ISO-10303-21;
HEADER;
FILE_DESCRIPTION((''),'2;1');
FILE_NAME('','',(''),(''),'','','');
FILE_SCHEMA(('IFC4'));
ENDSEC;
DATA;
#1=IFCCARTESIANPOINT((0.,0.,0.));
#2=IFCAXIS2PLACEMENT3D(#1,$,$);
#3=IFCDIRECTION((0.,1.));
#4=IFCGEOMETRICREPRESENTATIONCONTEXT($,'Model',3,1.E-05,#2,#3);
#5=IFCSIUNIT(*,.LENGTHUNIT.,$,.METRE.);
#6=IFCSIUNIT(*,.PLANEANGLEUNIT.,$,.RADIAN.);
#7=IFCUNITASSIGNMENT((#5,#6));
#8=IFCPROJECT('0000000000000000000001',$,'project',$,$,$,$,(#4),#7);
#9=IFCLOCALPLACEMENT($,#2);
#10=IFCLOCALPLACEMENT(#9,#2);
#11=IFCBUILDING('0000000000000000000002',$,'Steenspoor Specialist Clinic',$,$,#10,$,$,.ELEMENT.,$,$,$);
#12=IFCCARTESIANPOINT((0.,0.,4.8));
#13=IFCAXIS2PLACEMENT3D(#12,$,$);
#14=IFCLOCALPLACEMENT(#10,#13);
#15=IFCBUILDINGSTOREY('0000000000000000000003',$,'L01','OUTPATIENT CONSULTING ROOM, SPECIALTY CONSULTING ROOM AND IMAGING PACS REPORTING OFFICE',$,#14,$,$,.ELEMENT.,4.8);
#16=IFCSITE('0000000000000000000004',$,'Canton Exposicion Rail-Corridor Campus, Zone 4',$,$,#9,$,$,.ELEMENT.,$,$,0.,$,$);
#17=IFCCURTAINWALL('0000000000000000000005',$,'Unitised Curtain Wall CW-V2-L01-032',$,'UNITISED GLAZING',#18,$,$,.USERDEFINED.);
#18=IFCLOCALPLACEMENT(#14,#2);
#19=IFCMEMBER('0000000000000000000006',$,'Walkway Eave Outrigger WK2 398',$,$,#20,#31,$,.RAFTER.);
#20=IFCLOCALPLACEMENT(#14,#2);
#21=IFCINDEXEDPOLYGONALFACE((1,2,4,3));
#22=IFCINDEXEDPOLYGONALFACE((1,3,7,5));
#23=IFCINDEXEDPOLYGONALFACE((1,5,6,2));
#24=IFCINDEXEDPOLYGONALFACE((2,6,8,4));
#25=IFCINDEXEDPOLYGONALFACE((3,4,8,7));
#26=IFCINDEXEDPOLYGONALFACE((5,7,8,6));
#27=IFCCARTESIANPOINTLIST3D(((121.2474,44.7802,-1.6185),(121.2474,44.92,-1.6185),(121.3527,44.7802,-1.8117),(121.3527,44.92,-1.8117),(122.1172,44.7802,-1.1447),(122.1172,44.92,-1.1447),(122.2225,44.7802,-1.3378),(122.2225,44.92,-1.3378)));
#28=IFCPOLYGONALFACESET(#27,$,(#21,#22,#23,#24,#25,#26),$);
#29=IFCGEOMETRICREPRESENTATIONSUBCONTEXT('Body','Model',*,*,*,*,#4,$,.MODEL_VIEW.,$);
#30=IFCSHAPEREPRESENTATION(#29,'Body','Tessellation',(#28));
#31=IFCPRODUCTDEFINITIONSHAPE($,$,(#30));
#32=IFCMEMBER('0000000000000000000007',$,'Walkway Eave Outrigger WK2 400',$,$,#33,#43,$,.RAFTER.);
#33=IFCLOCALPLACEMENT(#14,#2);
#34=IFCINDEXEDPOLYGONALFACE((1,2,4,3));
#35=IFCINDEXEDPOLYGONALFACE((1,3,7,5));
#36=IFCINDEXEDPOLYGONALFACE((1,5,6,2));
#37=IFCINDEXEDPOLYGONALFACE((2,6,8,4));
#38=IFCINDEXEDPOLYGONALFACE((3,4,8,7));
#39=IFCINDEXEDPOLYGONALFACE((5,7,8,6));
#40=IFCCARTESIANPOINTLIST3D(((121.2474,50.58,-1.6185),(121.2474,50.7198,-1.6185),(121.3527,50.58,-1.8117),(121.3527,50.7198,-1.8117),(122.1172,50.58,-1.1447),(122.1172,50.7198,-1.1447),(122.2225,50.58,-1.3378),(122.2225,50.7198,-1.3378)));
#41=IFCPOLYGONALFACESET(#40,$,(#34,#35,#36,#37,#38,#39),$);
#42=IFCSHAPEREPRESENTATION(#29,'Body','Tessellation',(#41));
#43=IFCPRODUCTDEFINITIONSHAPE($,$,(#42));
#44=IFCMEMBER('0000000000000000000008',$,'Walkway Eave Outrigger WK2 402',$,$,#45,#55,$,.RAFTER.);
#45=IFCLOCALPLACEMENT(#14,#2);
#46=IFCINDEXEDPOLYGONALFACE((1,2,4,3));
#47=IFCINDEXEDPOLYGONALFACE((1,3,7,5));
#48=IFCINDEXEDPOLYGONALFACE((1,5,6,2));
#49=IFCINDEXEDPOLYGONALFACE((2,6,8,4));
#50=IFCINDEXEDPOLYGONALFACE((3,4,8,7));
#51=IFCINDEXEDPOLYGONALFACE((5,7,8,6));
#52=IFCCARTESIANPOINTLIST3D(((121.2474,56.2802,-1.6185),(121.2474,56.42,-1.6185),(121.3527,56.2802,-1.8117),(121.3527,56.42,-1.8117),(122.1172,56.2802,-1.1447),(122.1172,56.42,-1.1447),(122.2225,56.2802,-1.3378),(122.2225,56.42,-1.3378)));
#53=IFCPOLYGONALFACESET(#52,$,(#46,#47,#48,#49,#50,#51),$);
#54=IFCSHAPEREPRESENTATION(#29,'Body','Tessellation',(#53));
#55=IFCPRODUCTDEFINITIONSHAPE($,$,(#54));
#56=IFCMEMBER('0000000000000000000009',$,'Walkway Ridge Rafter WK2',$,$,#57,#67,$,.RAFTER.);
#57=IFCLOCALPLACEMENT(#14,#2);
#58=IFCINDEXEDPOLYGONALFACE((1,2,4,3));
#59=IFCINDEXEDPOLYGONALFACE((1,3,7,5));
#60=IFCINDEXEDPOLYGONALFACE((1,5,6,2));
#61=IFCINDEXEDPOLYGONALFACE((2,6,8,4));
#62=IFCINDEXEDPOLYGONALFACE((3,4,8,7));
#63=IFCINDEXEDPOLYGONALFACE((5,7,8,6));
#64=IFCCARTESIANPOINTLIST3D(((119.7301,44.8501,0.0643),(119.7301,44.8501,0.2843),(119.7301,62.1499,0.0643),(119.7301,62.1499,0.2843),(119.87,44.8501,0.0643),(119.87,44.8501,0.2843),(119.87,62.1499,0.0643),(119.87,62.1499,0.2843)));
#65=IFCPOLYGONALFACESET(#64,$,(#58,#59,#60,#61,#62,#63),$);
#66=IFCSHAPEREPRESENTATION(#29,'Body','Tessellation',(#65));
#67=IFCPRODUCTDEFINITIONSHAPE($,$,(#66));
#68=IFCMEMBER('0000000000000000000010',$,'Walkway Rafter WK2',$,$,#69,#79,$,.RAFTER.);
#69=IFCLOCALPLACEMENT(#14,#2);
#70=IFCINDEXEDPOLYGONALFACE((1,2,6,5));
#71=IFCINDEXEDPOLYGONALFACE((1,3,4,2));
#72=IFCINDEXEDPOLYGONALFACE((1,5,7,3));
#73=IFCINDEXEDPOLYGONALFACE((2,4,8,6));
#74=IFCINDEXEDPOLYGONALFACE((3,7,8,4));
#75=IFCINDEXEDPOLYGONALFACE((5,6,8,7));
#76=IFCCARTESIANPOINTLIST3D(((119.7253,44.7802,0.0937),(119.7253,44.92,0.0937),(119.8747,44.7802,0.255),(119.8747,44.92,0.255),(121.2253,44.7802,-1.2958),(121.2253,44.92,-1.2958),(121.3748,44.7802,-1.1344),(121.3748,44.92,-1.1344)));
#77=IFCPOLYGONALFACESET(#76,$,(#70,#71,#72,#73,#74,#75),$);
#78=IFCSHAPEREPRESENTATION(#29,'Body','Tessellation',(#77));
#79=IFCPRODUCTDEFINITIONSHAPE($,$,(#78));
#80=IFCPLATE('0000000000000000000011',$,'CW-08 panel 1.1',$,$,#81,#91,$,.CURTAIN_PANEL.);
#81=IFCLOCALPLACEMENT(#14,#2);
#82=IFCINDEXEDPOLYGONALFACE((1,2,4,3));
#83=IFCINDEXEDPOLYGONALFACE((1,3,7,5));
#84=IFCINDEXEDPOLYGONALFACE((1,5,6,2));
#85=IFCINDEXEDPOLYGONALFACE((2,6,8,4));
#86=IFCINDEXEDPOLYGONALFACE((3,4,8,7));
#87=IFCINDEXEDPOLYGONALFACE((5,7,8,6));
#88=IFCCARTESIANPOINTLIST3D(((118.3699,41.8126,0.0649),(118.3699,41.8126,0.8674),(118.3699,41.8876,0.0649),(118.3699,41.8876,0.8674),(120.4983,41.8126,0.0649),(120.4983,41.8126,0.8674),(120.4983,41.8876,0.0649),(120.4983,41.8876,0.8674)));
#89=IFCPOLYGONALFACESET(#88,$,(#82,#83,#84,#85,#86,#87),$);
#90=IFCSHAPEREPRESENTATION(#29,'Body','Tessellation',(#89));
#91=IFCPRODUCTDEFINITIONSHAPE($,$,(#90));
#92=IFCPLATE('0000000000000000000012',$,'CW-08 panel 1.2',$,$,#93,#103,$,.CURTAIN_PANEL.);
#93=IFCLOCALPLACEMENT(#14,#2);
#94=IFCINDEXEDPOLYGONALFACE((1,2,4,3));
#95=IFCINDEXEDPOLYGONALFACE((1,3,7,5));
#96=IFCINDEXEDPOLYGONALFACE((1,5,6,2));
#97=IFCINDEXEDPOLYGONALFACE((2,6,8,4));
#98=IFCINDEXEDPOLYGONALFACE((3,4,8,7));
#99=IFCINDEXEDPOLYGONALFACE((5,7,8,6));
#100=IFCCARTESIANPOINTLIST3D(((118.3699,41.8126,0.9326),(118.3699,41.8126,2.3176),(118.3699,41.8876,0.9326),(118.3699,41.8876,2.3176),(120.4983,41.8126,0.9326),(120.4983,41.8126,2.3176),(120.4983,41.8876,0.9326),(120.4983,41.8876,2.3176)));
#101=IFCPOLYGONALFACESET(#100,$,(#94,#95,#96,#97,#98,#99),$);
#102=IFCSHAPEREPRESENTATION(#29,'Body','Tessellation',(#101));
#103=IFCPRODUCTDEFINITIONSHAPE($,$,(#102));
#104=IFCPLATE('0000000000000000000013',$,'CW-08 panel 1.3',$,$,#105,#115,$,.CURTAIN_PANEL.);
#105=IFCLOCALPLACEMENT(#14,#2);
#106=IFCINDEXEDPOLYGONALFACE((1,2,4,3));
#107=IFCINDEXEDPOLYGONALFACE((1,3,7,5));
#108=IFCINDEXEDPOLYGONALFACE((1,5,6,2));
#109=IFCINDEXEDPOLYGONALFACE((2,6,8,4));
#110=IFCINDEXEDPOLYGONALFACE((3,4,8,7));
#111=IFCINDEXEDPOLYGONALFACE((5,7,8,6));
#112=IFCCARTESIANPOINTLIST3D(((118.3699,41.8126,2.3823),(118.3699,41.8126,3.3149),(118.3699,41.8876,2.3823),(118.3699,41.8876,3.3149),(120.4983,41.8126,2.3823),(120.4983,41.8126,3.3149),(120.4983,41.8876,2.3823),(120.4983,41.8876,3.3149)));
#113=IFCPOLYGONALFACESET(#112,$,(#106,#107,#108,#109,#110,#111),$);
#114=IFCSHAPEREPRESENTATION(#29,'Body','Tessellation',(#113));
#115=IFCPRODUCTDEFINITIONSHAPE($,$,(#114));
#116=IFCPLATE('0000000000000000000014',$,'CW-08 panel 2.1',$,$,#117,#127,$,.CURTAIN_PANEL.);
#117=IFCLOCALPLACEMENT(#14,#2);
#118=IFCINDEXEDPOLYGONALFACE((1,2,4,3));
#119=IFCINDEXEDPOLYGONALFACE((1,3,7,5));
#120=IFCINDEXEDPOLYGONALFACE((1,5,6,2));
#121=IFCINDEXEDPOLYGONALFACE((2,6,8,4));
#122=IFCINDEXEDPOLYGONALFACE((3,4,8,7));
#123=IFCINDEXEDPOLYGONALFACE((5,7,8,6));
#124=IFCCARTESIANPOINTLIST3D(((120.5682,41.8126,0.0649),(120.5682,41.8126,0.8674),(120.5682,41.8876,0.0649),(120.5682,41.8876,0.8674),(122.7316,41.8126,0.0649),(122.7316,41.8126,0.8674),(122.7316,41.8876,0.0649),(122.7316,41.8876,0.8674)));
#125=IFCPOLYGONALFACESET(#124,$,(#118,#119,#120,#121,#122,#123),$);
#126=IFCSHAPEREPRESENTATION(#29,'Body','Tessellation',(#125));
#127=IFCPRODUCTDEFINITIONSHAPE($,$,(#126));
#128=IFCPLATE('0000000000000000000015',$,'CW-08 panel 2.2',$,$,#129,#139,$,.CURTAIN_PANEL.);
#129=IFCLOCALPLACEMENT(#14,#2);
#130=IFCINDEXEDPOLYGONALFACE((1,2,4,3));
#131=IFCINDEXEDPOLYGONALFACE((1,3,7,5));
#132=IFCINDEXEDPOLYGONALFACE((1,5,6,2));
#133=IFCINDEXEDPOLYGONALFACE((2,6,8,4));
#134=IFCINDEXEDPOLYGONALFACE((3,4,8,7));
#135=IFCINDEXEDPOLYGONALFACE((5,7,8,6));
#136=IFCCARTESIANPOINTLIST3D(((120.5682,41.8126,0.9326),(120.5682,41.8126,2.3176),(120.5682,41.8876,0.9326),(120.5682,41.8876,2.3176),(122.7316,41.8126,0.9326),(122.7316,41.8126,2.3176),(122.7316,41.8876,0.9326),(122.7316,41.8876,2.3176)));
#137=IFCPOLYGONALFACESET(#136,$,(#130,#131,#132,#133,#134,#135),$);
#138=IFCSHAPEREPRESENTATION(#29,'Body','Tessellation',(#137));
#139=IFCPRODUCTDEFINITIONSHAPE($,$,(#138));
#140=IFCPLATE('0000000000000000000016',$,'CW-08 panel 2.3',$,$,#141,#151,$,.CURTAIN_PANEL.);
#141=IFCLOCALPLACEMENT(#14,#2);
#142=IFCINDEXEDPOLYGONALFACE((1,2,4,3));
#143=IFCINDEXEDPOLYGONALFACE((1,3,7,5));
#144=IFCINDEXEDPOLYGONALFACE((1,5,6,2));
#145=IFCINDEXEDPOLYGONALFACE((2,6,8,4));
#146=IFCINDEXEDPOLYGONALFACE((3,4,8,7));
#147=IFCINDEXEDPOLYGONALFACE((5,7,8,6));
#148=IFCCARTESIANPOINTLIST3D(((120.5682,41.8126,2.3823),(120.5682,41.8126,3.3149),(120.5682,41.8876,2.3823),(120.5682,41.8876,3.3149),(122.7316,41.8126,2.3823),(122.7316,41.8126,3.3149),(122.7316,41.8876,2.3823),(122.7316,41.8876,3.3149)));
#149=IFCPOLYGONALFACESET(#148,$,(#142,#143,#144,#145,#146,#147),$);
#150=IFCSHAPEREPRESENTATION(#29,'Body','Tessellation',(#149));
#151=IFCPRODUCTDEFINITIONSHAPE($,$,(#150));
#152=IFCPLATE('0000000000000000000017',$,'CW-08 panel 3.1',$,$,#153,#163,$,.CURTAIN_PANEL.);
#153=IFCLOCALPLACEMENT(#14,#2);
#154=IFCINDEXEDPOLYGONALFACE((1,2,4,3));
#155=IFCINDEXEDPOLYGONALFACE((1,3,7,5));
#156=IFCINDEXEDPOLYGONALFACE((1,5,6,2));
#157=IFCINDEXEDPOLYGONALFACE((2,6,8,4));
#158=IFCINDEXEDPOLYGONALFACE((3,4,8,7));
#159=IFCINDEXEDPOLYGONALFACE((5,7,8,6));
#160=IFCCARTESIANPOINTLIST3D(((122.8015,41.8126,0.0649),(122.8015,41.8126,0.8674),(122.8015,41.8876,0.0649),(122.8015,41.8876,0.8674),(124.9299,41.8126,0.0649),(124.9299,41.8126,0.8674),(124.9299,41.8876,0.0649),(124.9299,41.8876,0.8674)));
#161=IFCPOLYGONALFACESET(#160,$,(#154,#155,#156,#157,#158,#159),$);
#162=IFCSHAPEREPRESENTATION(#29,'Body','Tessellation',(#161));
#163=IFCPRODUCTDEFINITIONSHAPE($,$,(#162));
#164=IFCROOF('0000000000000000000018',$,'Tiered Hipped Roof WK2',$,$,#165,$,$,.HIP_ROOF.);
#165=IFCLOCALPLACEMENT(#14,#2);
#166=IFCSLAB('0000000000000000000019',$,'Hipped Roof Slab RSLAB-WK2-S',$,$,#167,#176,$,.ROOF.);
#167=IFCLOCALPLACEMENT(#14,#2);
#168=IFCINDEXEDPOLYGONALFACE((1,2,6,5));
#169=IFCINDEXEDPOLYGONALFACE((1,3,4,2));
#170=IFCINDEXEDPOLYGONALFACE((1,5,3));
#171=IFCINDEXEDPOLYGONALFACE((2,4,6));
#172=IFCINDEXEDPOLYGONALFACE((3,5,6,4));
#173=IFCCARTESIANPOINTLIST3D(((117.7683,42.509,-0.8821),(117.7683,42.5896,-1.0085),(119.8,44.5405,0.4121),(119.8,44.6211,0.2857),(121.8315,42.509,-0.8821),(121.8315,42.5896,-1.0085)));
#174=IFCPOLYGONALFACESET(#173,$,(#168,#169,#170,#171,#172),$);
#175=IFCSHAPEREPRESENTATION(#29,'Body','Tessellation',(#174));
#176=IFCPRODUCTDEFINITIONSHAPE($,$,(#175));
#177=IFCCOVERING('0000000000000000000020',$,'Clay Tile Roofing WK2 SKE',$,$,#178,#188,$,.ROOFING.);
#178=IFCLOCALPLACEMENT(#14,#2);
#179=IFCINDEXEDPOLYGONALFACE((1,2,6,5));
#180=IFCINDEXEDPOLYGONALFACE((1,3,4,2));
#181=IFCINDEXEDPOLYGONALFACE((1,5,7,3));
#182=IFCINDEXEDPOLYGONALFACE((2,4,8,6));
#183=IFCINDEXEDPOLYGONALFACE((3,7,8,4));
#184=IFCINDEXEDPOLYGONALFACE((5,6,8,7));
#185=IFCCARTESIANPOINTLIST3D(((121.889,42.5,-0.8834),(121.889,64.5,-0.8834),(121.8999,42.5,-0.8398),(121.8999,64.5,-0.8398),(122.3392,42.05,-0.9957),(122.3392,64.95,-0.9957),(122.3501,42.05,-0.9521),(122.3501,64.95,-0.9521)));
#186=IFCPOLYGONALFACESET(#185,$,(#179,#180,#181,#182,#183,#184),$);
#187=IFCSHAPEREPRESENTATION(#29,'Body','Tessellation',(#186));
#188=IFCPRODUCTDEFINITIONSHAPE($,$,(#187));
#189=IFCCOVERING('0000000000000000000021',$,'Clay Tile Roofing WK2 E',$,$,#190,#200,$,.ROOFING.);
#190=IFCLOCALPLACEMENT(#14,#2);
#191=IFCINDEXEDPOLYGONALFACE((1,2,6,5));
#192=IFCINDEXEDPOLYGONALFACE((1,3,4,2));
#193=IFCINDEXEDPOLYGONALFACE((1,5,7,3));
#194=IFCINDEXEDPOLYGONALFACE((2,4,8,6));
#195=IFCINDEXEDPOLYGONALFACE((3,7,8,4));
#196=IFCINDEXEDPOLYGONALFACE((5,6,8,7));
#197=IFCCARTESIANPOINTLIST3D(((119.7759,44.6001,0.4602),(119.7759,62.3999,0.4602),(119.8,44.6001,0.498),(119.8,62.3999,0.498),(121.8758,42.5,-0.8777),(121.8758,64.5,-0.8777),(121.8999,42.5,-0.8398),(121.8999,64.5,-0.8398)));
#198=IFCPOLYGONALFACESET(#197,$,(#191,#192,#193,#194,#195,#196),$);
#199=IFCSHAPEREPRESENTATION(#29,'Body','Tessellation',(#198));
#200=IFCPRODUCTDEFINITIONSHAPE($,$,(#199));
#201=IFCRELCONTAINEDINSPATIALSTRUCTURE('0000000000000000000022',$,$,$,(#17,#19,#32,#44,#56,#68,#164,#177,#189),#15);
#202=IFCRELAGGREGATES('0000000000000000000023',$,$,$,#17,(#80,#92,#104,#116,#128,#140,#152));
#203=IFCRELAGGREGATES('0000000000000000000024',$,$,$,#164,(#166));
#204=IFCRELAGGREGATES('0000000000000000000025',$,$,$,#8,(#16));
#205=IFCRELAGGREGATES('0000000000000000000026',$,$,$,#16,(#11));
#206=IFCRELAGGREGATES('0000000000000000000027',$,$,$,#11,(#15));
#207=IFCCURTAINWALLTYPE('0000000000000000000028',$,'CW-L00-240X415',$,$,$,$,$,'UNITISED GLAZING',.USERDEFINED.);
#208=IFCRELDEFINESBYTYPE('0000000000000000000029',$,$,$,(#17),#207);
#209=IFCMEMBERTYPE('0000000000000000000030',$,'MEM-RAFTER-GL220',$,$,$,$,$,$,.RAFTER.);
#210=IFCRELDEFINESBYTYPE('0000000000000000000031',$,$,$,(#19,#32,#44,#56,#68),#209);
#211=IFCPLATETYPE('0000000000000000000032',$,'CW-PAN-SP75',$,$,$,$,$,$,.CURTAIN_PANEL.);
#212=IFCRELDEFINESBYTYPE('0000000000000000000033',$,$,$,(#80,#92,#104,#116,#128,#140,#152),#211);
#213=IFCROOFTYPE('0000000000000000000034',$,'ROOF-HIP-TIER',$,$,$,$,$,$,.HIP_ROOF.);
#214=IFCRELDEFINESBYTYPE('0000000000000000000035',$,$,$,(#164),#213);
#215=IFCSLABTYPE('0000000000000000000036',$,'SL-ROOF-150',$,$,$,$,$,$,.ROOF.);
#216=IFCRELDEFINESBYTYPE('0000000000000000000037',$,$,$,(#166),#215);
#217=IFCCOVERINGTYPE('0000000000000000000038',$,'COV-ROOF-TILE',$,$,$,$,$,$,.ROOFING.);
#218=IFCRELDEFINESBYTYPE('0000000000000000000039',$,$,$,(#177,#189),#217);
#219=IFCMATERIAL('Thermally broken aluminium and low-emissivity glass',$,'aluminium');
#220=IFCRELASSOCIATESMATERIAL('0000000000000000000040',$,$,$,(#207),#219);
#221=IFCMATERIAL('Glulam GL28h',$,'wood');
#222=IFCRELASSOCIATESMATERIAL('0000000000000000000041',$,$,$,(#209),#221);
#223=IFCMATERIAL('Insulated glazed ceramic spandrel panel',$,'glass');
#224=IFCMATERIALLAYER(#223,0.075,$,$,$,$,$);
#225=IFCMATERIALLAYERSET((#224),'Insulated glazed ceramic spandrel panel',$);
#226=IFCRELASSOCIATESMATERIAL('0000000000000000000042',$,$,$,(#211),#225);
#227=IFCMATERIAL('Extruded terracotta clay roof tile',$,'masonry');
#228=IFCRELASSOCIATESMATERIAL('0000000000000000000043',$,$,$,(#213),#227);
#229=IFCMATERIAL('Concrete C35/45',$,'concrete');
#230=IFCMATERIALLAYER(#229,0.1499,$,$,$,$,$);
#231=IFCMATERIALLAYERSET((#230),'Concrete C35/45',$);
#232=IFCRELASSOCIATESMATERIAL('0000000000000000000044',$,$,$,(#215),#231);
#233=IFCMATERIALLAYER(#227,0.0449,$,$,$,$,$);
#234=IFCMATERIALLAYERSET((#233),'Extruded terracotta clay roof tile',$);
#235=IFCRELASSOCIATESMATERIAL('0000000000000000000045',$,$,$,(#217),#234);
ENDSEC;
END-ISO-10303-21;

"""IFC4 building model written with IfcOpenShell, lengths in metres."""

from ifc_helpers import new_model, si_unit, direction, frame, origin, origin_2d, place, context, subcontext, project, spatial, polyline, rectangle, outline, extrude, material, layer, layer_set, material_profile, profile_set, type_object, element, aggregate, save


model = new_model("IFC4")

# Units and contexts
model_context = context("Model", 3, precision=1e-05, world=origin(), true_north=direction((0.0, 1.0)))
body_context = subcontext(model_context, "Body", "Model", "MODEL_VIEW")
ifc_project = project(units=[si_unit("LENGTHUNIT", "METRE"), si_unit("PLANEANGLEUNIT", "RADIAN")], contexts=[model_context])

# Site, building, storey
site_placement = place(None, origin())
site = spatial("IfcSite", under=ifc_project, at=site_placement, Name="Canton Exposicion Rail-Corridor Campus, Zone 4", CompositionType="ELEMENT", RefElevation=0.0)
building_placement = place(site_placement, origin())
building = spatial("IfcBuilding", under=site, at=building_placement, Name="Steenspoor Specialist Clinic", CompositionType="ELEMENT")
storey_placement = place(building_placement, frame((0.0, 0.0, 4.8)))
storey = spatial("IfcBuildingStorey", under=building, at=storey_placement, Name="L01", Description="OUTPATIENT CONSULTING ROOM, SPECIALTY CONSULTING ROOM AND IMAGING PACS REPORTING OFFICE", CompositionType="ELEMENT", Elevation=4.8)

# Curtain wall
ifc_material_1 = material(Name="Thermally broken aluminium and low-emissivity glass", Category="aluminium")
curtain_wall_type = type_object("IfcCurtainWallType", Name="CW-L00-240X415", ElementType="UNITISED GLAZING", PredefinedType="USERDEFINED", material=ifc_material_1)
curtain_wall_placement = place(storey_placement, origin())
curtain_wall = element("IfcCurtainWall", 1, at=curtain_wall_placement, inside=storey, type_object=curtain_wall_type, Name="Unitised Curtain Wall CW-V2-L01-032", ObjectType="UNITISED GLAZING", PredefinedType="USERDEFINED")

# Members
ifc_material_2 = material(Name="Glulam GL28h", Category="wood")
ifc_material_profile_1 = material_profile(ifc_material_2, rectangle(XDim=0.1399, YDim=0.22, at=origin_2d()), Name="GL28H-140X220")
ifc_profile_set_1 = profile_set([ifc_material_profile_1], Name="Glulam GL28h")
member_type_1 = type_object("IfcMemberType", Name="MEM-RAFTER-GL220", PredefinedType="RAFTER", material=ifc_profile_set_1)
for number, where, z_axis, x_axis, name in (
    (2, (121.3, 44.8501, -1.7151), (0.87815, 0.0, 0.478386), (0.0, 1.0, 0.0), "Walkway Eave Outrigger WK2 398"),
    (3, (121.3, 50.6499, -1.7151), (0.87815, 0.0, 0.478386), (0.0, 1.0, 0.0), "Walkway Eave Outrigger WK2 400"),
    (4, (121.3, 56.3501, -1.7151), (0.87815, 0.0, 0.478386), (0.0, 1.0, 0.0), "Walkway Eave Outrigger WK2 402"),
):
    element("IfcMember", number, at=place(storey_placement, frame(where, z_axis=z_axis, x_axis=x_axis)), inside=storey, type_object=member_type_1, Name=name, PredefinedType="RAFTER", context=body_context, shape_type="SweptSolid", body=[
        extrude(rectangle(XDim=0.1399, YDim=0.22, at=origin_2d()), origin(), (0.0, 0.0, 1.0), 0.9905),
    ])
member_1_placement = place(storey_placement, frame((119.8, 44.8501, 0.1743), z_axis=(0.0, 1.0, 0.0), x_axis=(-1.0, 0.0, 0.0)))
element("IfcMember", 5, at=member_1_placement, inside=storey, type_object=member_type_1, Name="Walkway Ridge Rafter WK2", PredefinedType="RAFTER", context=body_context, shape_type="SweptSolid", body=[
    extrude(rectangle(XDim=0.1399, YDim=0.22, at=origin_2d()), origin(), (0.0, 0.0, 1.0), 17.2998),
])
member_2_placement = place(storey_placement, frame((121.3, 44.8501, -1.2151), z_axis=(-0.733635, 0.0, 0.679544), x_axis=(0.0, -1.0, 0.0)))
element("IfcMember", 6, at=member_2_placement, inside=storey, type_object=member_type_1, Name="Walkway Rafter WK2", PredefinedType="RAFTER", context=body_context, shape_type="SweptSolid", body=[
    extrude(rectangle(XDim=0.1399, YDim=0.22, at=origin_2d()), origin(), (0.0, 0.0, 1.0), 2.0447),
])

# Plates
ifc_material_3 = material(Name="Insulated glazed ceramic spandrel panel", Category="glass")
ifc_layer_1 = layer(ifc_material_3, 0.075)
ifc_layer_set_1 = layer_set([ifc_layer_1], Name="Insulated glazed ceramic spandrel panel")
plate_type = type_object("IfcPlateType", Name="CW-PAN-SP75", PredefinedType="CURTAIN_PANEL", material=ifc_layer_set_1)
plate_1_placement = place(storey_placement, frame((119.4341, 41.8501, 0.0649), z_axis=(0.0, 0.0, 1.0), x_axis=(1.0, 0.0, 0.0)))
plate_1 = element("IfcPlate", 7, at=plate_1_placement, type_object=plate_type, Name="CW-08 panel 1.1", PredefinedType="CURTAIN_PANEL", context=body_context, shape_type="SweptSolid", body=[
    extrude(rectangle(XDim=2.1284, YDim=0.075, at=origin_2d()), origin(), (0.0, 0.0, 1.0), 0.8025),
])
plate_2_placement = place(storey_placement, frame((119.4341, 41.8501, 0.9326), z_axis=(0.0, 0.0, 1.0), x_axis=(1.0, 0.0, 0.0)))
plate_2 = element("IfcPlate", 8, at=plate_2_placement, type_object=plate_type, Name="CW-08 panel 1.2", PredefinedType="CURTAIN_PANEL", context=body_context, shape_type="SweptSolid", body=[
    extrude(rectangle(XDim=2.1284, YDim=0.075, at=origin_2d()), origin(), (0.0, 0.0, 1.0), 1.385),
])
plate_3_placement = place(storey_placement, frame((119.4341, 41.8501, 2.3823), z_axis=(0.0, 0.0, 1.0), x_axis=(1.0, 0.0, 0.0)))
plate_3 = element("IfcPlate", 9, at=plate_3_placement, type_object=plate_type, Name="CW-08 panel 1.3", PredefinedType="CURTAIN_PANEL", context=body_context, shape_type="SweptSolid", body=[
    extrude(rectangle(XDim=2.1284, YDim=0.075, at=origin_2d()), origin(), (0.0, 0.0, 1.0), 0.9326),
])
plate_4_placement = place(storey_placement, frame((121.6499, 41.8501, 0.0649), z_axis=(0.0, 0.0, 1.0), x_axis=(1.0, 0.0, 0.0)))
plate_4 = element("IfcPlate", 10, at=plate_4_placement, type_object=plate_type, Name="CW-08 panel 2.1", PredefinedType="CURTAIN_PANEL", context=body_context, shape_type="SweptSolid", body=[
    extrude(rectangle(XDim=2.1633, YDim=0.075, at=origin_2d()), origin(), (0.0, 0.0, 1.0), 0.8025),
])
plate_5_placement = place(storey_placement, frame((121.6499, 41.8501, 0.9326), z_axis=(0.0, 0.0, 1.0), x_axis=(1.0, 0.0, 0.0)))
plate_5 = element("IfcPlate", 11, at=plate_5_placement, type_object=plate_type, Name="CW-08 panel 2.2", PredefinedType="CURTAIN_PANEL", context=body_context, shape_type="SweptSolid", body=[
    extrude(rectangle(XDim=2.1633, YDim=0.075, at=origin_2d()), origin(), (0.0, 0.0, 1.0), 1.385),
])
plate_6_placement = place(storey_placement, frame((121.6499, 41.8501, 2.3823), z_axis=(0.0, 0.0, 1.0), x_axis=(1.0, 0.0, 0.0)))
plate_6 = element("IfcPlate", 12, at=plate_6_placement, type_object=plate_type, Name="CW-08 panel 2.3", PredefinedType="CURTAIN_PANEL", context=body_context, shape_type="SweptSolid", body=[
    extrude(rectangle(XDim=2.1633, YDim=0.075, at=origin_2d()), origin(), (0.0, 0.0, 1.0), 0.9326),
])
plate_7_placement = place(storey_placement, frame((123.8657, 41.8501, 0.0649), z_axis=(0.0, 0.0, 1.0), x_axis=(1.0, 0.0, 0.0)))
plate_7 = element("IfcPlate", 13, at=plate_7_placement, type_object=plate_type, Name="CW-08 panel 3.1", PredefinedType="CURTAIN_PANEL", context=body_context, shape_type="SweptSolid", body=[
    extrude(rectangle(XDim=2.1284, YDim=0.075, at=origin_2d()), origin(), (0.0, 0.0, 1.0), 0.8025),
])
aggregate(curtain_wall, [plate_1, plate_2, plate_3, plate_4, plate_5, plate_6, plate_7])

# Roof, slab
ifc_material_4 = material(Name="Extruded terracotta clay roof tile", Category="masonry")
roof_type = type_object("IfcRoofType", Name="ROOF-HIP-TIER", PredefinedType="HIP_ROOF", material=ifc_material_4)
roof_placement = place(storey_placement, origin())
roof = element("IfcRoof", 14, at=roof_placement, inside=storey, type_object=roof_type, Name="Tiered Hipped Roof WK2", PredefinedType="HIP_ROOF")
ifc_material_5 = material(Name="Concrete C35/45", Category="concrete")
ifc_layer_2 = layer(ifc_material_5, 0.1499)
ifc_layer_set_2 = layer_set([ifc_layer_2], Name="Concrete C35/45")
slab_type = type_object("IfcSlabType", Name="SL-ROOF-150", PredefinedType="ROOF", material=ifc_layer_set_2)
slab_1_placement = place(storey_placement, frame((119.8, 44.5405, 0.4121), z_axis=(0.0, -0.537295, 0.843394), x_axis=(-0.644757, -0.64468, -0.410702)))
slab_1 = element("IfcSlab", 15, at=slab_1_placement, type_object=slab_type, Name="Hipped Roof Slab RSLAB-WK2-S", PredefinedType="ROOF", context=body_context, shape_type="SweptSolid", body=[
    extrude(outline(polyline([(0.0, 0.0), (3.1512, 0.0), (0.5314, 3.1059), (0.0, 0.0)])), origin(), (0.0, 0.0, -1.0), 0.1499),
])
aggregate(roof, [slab_1])

# Coverings
ifc_layer_3 = layer(ifc_material_4, 0.0449)
ifc_layer_set_3 = layer_set([ifc_layer_3], Name="Extruded terracotta clay roof tile")
covering_type = type_object("IfcCoveringType", Name="COV-ROOF-TILE", PredefinedType="ROOFING", material=ifc_layer_set_3)
covering_1_placement = place(storey_placement, frame((122.3501, 42.05, -0.9521), z_axis=(0.24204, 0.0, 0.970266), x_axis=(0.0, 1.0, 0.0)))
element("IfcCovering", 16, at=covering_1_placement, inside=storey, type_object=covering_type, Name="Clay Tile Roofing WK2 SKE", PredefinedType="ROOFING", context=body_context, shape_type="SweptSolid", body=[
    extrude(outline(polyline([(0.0, 0.0), (22.8999, 0.0), (22.45, 0.464), (0.45, 0.464), (0.0, 0.0)])), origin(), (0.0, 0.0, -1.0), 0.0449),
])
covering_2_placement = place(storey_placement, frame((121.8999, 42.5, -0.8398), z_axis=(0.537339, 0.0, 0.843367), x_axis=(0.0, 1.0, 0.0)))
element("IfcCovering", 17, at=covering_2_placement, inside=storey, type_object=covering_type, Name="Clay Tile Roofing WK2 E", PredefinedType="ROOFING", context=body_context, shape_type="SweptSolid", body=[
    extrude(outline(polyline([(0.0, 0.0), (22.0, 0.0), (19.8999, 2.4898), (2.1001, 2.4898), (0.0, 0.0)])), origin(), (0.0, 0.0, -1.0), 0.0449),
])

save(model, "model.ifc")
